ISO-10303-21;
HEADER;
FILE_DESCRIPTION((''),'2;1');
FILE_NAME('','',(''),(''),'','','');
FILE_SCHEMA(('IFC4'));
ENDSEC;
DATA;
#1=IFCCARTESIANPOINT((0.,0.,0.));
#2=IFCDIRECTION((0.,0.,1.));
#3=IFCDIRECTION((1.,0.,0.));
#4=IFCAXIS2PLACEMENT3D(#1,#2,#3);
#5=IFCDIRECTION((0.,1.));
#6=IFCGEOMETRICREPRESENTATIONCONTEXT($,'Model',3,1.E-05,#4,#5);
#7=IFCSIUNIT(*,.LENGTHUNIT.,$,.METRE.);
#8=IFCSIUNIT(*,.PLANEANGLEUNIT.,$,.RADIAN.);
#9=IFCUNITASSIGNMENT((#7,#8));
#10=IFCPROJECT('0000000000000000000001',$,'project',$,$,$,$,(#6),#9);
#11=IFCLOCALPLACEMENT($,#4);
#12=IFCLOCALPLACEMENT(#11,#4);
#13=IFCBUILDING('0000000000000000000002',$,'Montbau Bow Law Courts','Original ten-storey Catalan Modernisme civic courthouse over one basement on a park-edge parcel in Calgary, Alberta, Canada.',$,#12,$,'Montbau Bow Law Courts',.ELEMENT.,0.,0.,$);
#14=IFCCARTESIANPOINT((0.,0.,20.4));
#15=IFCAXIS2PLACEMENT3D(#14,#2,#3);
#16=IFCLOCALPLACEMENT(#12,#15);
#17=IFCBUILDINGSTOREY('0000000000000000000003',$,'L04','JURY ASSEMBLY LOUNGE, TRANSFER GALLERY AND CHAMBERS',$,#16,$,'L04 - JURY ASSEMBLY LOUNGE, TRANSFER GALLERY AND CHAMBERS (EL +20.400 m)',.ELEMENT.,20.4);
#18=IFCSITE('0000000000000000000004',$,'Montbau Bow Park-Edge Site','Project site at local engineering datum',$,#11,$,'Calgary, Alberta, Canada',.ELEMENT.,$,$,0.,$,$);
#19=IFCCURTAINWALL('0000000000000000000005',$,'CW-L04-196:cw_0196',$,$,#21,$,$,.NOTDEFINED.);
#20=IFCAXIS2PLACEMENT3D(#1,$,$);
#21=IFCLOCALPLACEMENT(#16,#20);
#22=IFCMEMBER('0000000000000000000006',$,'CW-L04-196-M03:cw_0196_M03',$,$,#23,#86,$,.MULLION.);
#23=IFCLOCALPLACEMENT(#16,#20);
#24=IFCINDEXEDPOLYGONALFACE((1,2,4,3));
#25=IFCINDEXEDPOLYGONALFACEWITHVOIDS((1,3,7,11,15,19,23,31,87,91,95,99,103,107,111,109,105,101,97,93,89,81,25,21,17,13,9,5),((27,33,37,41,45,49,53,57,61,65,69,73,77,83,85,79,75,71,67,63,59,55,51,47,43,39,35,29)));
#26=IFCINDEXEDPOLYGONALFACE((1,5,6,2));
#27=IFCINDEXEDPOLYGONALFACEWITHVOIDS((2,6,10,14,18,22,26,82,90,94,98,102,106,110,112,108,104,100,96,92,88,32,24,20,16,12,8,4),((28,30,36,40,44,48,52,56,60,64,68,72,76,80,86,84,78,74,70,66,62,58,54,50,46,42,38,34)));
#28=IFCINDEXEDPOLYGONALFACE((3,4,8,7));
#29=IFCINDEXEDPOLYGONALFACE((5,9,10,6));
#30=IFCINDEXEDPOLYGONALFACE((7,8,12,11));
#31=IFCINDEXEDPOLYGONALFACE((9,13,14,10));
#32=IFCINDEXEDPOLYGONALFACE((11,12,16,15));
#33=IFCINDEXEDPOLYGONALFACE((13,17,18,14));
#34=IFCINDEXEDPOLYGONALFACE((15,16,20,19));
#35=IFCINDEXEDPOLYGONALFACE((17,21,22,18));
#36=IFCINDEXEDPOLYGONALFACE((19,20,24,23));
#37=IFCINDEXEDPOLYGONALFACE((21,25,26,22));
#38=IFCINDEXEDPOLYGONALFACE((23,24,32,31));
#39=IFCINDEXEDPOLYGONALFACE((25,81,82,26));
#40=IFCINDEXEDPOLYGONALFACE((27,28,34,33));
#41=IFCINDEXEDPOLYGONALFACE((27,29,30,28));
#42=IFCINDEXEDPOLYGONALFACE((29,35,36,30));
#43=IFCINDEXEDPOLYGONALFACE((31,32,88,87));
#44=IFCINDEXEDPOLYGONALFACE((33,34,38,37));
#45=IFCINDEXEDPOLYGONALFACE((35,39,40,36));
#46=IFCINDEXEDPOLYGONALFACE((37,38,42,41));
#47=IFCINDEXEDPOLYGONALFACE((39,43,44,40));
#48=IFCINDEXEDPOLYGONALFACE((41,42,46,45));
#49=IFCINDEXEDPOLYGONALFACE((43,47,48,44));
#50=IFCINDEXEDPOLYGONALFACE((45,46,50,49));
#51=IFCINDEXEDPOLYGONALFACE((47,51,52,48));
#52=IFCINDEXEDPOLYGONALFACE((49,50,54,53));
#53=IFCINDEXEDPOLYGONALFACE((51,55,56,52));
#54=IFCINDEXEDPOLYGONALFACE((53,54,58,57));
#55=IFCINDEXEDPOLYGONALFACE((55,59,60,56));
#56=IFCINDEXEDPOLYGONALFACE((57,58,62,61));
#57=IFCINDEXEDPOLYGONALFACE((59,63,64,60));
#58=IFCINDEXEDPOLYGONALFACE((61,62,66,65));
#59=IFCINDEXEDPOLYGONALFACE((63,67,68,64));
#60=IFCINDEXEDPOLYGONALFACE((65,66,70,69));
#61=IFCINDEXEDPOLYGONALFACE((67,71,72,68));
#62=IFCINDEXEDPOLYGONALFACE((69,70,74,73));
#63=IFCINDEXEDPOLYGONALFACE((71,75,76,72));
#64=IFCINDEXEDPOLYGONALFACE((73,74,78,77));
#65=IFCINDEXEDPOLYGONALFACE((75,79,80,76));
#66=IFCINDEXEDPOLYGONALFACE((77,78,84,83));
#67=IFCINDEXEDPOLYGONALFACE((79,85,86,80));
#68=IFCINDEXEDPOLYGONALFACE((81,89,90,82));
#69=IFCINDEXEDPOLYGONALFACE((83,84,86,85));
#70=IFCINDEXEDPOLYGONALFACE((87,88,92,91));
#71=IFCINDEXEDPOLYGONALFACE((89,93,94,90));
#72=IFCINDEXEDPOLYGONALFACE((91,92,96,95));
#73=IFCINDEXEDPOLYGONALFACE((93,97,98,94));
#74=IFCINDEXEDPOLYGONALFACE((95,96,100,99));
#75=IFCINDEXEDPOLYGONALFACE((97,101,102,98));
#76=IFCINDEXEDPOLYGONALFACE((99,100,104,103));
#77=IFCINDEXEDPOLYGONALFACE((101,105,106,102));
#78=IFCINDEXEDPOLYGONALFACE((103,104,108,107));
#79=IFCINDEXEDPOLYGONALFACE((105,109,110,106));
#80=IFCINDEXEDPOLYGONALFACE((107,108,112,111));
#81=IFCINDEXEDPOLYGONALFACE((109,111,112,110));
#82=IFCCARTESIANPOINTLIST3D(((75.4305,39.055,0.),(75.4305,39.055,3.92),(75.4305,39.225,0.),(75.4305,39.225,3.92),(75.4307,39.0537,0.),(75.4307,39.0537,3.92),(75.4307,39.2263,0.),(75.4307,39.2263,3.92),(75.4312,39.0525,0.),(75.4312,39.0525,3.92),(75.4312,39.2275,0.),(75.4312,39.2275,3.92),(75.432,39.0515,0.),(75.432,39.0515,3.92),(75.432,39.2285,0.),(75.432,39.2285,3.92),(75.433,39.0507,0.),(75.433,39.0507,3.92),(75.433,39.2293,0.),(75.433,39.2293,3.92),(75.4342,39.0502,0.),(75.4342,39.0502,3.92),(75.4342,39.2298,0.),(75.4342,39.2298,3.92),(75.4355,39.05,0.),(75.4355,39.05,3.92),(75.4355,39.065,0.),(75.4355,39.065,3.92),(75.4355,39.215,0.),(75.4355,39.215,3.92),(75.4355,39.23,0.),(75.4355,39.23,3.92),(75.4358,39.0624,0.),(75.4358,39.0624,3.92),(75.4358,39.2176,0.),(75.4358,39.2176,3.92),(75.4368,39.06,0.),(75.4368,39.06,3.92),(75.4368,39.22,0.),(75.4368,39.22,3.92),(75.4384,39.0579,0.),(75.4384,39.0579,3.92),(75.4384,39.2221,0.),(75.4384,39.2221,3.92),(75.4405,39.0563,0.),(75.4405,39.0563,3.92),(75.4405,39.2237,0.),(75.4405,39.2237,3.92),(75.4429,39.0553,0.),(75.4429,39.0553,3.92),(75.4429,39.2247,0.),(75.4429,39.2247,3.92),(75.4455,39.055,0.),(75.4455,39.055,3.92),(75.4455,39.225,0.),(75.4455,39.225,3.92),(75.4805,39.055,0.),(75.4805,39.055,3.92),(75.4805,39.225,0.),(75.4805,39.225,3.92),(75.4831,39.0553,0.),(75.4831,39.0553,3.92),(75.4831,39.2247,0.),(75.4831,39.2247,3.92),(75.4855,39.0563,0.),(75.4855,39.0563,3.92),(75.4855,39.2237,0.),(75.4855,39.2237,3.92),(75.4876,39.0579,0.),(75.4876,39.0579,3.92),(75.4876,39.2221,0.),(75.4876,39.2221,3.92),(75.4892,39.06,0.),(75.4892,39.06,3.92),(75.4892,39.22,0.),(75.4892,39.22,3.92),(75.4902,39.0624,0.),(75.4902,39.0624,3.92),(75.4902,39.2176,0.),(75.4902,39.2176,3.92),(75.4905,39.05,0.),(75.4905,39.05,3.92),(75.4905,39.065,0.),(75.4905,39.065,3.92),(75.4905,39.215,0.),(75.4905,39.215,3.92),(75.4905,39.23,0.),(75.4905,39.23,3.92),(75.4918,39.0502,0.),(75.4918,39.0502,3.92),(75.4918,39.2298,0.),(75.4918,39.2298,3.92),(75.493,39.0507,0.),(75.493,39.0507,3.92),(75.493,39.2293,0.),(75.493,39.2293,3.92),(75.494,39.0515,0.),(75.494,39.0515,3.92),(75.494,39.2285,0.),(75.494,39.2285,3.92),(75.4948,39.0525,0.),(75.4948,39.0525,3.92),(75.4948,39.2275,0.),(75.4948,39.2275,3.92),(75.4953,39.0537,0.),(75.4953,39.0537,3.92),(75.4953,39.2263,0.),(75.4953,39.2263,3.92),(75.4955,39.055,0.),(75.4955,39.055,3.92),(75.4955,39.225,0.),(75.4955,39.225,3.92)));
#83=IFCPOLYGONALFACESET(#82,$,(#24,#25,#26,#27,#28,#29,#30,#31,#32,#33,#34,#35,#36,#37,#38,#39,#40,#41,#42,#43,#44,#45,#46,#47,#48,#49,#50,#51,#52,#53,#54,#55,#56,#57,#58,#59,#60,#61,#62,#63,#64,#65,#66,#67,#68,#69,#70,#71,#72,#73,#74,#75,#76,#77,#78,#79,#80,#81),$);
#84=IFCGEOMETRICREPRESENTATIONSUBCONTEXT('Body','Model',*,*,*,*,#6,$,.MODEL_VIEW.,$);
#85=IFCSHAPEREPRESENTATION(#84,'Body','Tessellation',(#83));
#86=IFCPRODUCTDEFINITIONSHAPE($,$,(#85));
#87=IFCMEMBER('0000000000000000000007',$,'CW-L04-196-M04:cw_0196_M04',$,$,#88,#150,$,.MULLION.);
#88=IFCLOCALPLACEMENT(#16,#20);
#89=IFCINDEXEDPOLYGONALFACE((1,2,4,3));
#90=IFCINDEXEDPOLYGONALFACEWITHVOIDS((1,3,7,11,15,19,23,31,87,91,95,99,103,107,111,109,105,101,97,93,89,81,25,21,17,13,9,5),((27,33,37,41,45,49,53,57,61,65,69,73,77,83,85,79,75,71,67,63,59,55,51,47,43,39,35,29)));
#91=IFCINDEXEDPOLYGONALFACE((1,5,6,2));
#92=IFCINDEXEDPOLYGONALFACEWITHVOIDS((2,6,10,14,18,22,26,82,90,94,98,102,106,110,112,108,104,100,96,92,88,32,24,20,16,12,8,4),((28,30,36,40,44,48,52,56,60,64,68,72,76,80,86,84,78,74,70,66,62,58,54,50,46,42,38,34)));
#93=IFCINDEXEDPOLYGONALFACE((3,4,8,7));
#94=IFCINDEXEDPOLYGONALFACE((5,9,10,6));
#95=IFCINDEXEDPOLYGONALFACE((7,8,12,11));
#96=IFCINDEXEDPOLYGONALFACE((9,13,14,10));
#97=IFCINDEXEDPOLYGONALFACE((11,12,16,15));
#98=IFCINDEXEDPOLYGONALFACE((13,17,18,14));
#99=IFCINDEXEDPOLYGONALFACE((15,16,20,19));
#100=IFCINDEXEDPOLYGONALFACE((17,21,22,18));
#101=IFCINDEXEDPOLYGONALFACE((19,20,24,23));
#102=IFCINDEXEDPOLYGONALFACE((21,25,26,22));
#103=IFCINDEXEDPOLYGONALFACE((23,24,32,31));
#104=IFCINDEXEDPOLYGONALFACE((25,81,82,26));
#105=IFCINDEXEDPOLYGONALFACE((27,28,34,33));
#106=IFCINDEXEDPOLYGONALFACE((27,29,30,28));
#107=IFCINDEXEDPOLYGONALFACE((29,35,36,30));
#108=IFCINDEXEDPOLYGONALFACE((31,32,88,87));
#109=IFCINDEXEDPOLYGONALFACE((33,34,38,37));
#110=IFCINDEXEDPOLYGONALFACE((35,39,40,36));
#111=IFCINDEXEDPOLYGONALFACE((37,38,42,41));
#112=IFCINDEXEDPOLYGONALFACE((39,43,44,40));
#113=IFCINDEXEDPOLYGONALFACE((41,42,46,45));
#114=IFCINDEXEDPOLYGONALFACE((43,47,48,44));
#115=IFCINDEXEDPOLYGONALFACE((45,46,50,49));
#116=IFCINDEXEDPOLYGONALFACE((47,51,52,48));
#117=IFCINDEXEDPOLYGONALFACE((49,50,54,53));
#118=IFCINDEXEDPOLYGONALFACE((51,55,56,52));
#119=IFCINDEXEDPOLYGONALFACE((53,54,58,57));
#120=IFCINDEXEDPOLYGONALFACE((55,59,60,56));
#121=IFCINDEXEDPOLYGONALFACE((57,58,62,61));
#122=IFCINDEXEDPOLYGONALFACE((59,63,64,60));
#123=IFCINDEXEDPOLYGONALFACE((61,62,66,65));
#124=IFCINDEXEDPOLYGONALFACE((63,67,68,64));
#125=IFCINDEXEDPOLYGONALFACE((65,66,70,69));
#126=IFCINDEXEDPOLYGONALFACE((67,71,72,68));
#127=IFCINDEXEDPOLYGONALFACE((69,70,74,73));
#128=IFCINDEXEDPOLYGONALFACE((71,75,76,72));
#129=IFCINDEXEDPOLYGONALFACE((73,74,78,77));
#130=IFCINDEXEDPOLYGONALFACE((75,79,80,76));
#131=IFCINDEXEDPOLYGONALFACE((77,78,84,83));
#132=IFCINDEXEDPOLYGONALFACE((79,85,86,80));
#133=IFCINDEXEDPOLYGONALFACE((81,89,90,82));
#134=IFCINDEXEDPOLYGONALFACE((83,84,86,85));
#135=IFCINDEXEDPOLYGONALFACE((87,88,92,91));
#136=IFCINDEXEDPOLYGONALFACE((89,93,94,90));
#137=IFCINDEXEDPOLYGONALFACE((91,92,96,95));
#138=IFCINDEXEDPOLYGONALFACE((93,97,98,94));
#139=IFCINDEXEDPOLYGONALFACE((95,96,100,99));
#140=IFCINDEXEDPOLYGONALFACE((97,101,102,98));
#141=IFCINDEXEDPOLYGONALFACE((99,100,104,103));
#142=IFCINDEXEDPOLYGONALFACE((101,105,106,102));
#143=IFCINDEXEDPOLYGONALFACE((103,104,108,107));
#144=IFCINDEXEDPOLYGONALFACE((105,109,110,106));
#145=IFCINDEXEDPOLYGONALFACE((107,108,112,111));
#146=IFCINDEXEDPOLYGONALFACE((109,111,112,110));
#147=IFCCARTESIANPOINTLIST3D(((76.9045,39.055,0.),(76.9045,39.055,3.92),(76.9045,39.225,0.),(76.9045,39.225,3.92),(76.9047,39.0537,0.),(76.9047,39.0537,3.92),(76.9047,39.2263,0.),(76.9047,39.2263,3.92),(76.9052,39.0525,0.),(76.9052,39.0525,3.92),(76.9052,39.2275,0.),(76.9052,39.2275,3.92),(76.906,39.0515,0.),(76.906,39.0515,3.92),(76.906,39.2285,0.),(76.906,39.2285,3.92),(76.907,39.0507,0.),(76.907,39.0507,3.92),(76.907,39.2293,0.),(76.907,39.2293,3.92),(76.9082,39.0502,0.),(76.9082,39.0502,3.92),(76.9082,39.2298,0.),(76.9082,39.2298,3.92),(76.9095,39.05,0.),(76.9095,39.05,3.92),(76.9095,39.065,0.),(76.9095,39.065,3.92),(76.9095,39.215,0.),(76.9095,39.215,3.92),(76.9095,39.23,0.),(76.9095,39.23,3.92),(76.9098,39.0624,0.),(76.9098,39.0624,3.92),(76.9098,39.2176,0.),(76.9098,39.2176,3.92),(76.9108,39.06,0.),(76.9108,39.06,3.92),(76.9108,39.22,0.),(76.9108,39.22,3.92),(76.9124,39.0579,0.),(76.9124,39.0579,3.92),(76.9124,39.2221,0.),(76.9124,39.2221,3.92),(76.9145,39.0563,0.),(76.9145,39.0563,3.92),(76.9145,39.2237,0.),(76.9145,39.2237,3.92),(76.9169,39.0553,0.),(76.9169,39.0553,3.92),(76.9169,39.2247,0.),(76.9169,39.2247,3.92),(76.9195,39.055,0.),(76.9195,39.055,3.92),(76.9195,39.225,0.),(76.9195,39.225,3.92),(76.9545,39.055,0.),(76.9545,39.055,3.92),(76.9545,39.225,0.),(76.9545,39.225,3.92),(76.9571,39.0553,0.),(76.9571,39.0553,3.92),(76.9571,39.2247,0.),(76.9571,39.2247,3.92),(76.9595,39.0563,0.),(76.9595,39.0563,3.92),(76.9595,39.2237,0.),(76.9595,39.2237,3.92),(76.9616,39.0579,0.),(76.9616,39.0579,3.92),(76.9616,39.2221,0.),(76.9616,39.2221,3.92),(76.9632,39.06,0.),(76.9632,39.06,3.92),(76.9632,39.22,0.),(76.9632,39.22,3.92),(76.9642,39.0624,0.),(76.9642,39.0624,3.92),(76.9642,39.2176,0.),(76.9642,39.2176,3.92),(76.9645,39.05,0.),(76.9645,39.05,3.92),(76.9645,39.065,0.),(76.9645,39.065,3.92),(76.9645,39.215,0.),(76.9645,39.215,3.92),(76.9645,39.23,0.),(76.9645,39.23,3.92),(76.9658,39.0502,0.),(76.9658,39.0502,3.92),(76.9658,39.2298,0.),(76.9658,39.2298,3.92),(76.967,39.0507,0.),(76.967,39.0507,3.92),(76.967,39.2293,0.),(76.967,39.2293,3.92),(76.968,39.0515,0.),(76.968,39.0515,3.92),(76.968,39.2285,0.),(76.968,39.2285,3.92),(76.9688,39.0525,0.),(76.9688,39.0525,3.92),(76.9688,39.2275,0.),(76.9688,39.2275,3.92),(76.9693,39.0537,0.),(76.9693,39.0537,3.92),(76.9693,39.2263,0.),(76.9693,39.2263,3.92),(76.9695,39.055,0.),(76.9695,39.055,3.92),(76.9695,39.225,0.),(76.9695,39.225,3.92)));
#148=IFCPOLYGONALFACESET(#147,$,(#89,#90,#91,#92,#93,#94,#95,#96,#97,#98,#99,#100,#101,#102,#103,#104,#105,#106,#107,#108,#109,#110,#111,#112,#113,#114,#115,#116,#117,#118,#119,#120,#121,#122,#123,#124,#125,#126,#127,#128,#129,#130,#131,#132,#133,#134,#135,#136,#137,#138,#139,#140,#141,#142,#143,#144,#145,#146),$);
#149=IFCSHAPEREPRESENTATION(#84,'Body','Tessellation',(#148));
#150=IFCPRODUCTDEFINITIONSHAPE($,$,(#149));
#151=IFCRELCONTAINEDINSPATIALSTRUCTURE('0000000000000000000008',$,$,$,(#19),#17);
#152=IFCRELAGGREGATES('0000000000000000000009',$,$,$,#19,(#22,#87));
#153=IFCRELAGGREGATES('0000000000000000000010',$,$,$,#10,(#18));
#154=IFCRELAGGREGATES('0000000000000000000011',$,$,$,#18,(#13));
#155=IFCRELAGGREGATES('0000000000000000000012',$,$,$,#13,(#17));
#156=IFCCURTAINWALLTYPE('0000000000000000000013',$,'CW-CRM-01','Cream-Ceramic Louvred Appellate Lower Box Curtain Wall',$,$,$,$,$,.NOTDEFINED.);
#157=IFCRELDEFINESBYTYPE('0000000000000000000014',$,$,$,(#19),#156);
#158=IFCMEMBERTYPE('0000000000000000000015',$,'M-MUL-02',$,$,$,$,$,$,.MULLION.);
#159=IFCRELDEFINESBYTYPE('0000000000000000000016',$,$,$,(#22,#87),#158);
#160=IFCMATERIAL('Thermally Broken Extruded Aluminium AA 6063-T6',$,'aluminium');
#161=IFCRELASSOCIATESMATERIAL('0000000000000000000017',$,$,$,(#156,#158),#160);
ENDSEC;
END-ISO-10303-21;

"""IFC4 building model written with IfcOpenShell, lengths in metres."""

from ifc_helpers import new_model, si_unit, direction, frame, origin_with_axes, origin_2d_with_axis, place, context, subcontext, project, spatial, hollow_rectangle, extrude, material, material_profile, profile_set, type_object, element, aggregate, save


model = new_model("IFC4")

# Units and contexts
model_context = context("Model", 3, precision=1e-05, world=origin_with_axes(), true_north=direction((0.0, 1.0)))
body_context = subcontext(model_context, "Body", "Model", "MODEL_VIEW")
ifc_project = project(units=[si_unit("LENGTHUNIT", "METRE"), si_unit("PLANEANGLEUNIT", "RADIAN")], contexts=[model_context])

# Site, building, storey
site_placement = place(None, origin_with_axes())
site = spatial("IfcSite", under=ifc_project, at=site_placement, Name="Montbau Bow Park-Edge Site", Description="Project site at local engineering datum", LongName="Calgary, Alberta, Canada", CompositionType="ELEMENT", RefElevation=0.0)
building_placement = place(site_placement, origin_with_axes())
building = spatial("IfcBuilding", under=site, at=building_placement, Name="Montbau Bow Law Courts", Description="Original ten-storey Catalan Modernisme civic courthouse over one basement on a park-edge parcel in Calgary, Alberta, Canada.", LongName="Montbau Bow Law Courts", CompositionType="ELEMENT", ElevationOfRefHeight=0.0, ElevationOfTerrain=0.0)
storey_placement = place(building_placement, frame((0.0, 0.0, 20.4), z_axis=(0.0, 0.0, 1.0), x_axis=(1.0, 0.0, 0.0)))
storey = spatial("IfcBuildingStorey", under=building, at=storey_placement, Name="L04", Description="JURY ASSEMBLY LOUNGE, TRANSFER GALLERY AND CHAMBERS", LongName="L04 - JURY ASSEMBLY LOUNGE, TRANSFER GALLERY AND CHAMBERS (EL +20.400 m)", CompositionType="ELEMENT", Elevation=20.4)

# Curtain wall, members
ifc_material_1 = material(Name="Thermally Broken Extruded Aluminium AA 6063-T6", Category="aluminium")
curtain_wall_type = type_object("IfcCurtainWallType", Name="CW-CRM-01", Description="Cream-Ceramic Louvred Appellate Lower Box Curtain Wall", PredefinedType="NOTDEFINED", material=ifc_material_1)
curtain_wall_placement = place(None, frame((72.515, 39.14, 20.4), z_axis=(0.0, 0.0, 1.0), x_axis=(1.0, 0.0, 0.0)))
curtain_wall = element("IfcCurtainWall", 1, at=curtain_wall_placement, inside=storey, type_object=curtain_wall_type, Name="CW-L04-196:cw_0196", PredefinedType="NOTDEFINED")
ifc_material_profile_1 = material_profile(ifc_material_1, hollow_rectangle(XDim=0.065, YDim=0.18, WallThickness=0.005, InnerFilletRadius=0.01, OuterFilletRadius=0.005, at=origin_2d_with_axis()), Name="CWM-180X65", Category="Main", Priority=0)
ifc_profile_set_1 = profile_set([ifc_material_profile_1], Name="Thermally Broken Extruded Aluminium AA 6063-T6")
member_type_1 = type_object("IfcMemberType", Name="M-MUL-02", PredefinedType="MULLION", material=ifc_profile_set_1)
member_1_placement = place(None, frame((75.463, 39.14, 20.4), z_axis=(0.0, 0.0, 1.0), x_axis=(1.0, 0.0, 0.0)))
member_1 = element("IfcMember", 2, at=member_1_placement, type_object=member_type_1, Name="CW-L04-196-M03:cw_0196_M03", PredefinedType="MULLION", context=body_context, shape_type="SweptSolid", body=[
    extrude(hollow_rectangle(XDim=0.065, YDim=0.18, WallThickness=0.005, InnerFilletRadius=0.01, OuterFilletRadius=0.005, at=origin_2d_with_axis()), origin_with_axes(), (0.0, 0.0, 1.0), 3.92),
])
member_2_placement = place(None, frame((76.937, 39.14, 20.4), z_axis=(0.0, 0.0, 1.0), x_axis=(1.0, 0.0, 0.0)))
member_2 = element("IfcMember", 3, at=member_2_placement, type_object=member_type_1, Name="CW-L04-196-M04:cw_0196_M04", PredefinedType="MULLION", context=body_context, shape_type="SweptSolid", body=[
    extrude(hollow_rectangle(XDim=0.065, YDim=0.18, WallThickness=0.005, InnerFilletRadius=0.01, OuterFilletRadius=0.005, at=origin_2d_with_axis()), origin_with_axes(), (0.0, 0.0, 1.0), 3.92),
])
aggregate(curtain_wall, [member_1, member_2])

save(model, "model.ifc")
